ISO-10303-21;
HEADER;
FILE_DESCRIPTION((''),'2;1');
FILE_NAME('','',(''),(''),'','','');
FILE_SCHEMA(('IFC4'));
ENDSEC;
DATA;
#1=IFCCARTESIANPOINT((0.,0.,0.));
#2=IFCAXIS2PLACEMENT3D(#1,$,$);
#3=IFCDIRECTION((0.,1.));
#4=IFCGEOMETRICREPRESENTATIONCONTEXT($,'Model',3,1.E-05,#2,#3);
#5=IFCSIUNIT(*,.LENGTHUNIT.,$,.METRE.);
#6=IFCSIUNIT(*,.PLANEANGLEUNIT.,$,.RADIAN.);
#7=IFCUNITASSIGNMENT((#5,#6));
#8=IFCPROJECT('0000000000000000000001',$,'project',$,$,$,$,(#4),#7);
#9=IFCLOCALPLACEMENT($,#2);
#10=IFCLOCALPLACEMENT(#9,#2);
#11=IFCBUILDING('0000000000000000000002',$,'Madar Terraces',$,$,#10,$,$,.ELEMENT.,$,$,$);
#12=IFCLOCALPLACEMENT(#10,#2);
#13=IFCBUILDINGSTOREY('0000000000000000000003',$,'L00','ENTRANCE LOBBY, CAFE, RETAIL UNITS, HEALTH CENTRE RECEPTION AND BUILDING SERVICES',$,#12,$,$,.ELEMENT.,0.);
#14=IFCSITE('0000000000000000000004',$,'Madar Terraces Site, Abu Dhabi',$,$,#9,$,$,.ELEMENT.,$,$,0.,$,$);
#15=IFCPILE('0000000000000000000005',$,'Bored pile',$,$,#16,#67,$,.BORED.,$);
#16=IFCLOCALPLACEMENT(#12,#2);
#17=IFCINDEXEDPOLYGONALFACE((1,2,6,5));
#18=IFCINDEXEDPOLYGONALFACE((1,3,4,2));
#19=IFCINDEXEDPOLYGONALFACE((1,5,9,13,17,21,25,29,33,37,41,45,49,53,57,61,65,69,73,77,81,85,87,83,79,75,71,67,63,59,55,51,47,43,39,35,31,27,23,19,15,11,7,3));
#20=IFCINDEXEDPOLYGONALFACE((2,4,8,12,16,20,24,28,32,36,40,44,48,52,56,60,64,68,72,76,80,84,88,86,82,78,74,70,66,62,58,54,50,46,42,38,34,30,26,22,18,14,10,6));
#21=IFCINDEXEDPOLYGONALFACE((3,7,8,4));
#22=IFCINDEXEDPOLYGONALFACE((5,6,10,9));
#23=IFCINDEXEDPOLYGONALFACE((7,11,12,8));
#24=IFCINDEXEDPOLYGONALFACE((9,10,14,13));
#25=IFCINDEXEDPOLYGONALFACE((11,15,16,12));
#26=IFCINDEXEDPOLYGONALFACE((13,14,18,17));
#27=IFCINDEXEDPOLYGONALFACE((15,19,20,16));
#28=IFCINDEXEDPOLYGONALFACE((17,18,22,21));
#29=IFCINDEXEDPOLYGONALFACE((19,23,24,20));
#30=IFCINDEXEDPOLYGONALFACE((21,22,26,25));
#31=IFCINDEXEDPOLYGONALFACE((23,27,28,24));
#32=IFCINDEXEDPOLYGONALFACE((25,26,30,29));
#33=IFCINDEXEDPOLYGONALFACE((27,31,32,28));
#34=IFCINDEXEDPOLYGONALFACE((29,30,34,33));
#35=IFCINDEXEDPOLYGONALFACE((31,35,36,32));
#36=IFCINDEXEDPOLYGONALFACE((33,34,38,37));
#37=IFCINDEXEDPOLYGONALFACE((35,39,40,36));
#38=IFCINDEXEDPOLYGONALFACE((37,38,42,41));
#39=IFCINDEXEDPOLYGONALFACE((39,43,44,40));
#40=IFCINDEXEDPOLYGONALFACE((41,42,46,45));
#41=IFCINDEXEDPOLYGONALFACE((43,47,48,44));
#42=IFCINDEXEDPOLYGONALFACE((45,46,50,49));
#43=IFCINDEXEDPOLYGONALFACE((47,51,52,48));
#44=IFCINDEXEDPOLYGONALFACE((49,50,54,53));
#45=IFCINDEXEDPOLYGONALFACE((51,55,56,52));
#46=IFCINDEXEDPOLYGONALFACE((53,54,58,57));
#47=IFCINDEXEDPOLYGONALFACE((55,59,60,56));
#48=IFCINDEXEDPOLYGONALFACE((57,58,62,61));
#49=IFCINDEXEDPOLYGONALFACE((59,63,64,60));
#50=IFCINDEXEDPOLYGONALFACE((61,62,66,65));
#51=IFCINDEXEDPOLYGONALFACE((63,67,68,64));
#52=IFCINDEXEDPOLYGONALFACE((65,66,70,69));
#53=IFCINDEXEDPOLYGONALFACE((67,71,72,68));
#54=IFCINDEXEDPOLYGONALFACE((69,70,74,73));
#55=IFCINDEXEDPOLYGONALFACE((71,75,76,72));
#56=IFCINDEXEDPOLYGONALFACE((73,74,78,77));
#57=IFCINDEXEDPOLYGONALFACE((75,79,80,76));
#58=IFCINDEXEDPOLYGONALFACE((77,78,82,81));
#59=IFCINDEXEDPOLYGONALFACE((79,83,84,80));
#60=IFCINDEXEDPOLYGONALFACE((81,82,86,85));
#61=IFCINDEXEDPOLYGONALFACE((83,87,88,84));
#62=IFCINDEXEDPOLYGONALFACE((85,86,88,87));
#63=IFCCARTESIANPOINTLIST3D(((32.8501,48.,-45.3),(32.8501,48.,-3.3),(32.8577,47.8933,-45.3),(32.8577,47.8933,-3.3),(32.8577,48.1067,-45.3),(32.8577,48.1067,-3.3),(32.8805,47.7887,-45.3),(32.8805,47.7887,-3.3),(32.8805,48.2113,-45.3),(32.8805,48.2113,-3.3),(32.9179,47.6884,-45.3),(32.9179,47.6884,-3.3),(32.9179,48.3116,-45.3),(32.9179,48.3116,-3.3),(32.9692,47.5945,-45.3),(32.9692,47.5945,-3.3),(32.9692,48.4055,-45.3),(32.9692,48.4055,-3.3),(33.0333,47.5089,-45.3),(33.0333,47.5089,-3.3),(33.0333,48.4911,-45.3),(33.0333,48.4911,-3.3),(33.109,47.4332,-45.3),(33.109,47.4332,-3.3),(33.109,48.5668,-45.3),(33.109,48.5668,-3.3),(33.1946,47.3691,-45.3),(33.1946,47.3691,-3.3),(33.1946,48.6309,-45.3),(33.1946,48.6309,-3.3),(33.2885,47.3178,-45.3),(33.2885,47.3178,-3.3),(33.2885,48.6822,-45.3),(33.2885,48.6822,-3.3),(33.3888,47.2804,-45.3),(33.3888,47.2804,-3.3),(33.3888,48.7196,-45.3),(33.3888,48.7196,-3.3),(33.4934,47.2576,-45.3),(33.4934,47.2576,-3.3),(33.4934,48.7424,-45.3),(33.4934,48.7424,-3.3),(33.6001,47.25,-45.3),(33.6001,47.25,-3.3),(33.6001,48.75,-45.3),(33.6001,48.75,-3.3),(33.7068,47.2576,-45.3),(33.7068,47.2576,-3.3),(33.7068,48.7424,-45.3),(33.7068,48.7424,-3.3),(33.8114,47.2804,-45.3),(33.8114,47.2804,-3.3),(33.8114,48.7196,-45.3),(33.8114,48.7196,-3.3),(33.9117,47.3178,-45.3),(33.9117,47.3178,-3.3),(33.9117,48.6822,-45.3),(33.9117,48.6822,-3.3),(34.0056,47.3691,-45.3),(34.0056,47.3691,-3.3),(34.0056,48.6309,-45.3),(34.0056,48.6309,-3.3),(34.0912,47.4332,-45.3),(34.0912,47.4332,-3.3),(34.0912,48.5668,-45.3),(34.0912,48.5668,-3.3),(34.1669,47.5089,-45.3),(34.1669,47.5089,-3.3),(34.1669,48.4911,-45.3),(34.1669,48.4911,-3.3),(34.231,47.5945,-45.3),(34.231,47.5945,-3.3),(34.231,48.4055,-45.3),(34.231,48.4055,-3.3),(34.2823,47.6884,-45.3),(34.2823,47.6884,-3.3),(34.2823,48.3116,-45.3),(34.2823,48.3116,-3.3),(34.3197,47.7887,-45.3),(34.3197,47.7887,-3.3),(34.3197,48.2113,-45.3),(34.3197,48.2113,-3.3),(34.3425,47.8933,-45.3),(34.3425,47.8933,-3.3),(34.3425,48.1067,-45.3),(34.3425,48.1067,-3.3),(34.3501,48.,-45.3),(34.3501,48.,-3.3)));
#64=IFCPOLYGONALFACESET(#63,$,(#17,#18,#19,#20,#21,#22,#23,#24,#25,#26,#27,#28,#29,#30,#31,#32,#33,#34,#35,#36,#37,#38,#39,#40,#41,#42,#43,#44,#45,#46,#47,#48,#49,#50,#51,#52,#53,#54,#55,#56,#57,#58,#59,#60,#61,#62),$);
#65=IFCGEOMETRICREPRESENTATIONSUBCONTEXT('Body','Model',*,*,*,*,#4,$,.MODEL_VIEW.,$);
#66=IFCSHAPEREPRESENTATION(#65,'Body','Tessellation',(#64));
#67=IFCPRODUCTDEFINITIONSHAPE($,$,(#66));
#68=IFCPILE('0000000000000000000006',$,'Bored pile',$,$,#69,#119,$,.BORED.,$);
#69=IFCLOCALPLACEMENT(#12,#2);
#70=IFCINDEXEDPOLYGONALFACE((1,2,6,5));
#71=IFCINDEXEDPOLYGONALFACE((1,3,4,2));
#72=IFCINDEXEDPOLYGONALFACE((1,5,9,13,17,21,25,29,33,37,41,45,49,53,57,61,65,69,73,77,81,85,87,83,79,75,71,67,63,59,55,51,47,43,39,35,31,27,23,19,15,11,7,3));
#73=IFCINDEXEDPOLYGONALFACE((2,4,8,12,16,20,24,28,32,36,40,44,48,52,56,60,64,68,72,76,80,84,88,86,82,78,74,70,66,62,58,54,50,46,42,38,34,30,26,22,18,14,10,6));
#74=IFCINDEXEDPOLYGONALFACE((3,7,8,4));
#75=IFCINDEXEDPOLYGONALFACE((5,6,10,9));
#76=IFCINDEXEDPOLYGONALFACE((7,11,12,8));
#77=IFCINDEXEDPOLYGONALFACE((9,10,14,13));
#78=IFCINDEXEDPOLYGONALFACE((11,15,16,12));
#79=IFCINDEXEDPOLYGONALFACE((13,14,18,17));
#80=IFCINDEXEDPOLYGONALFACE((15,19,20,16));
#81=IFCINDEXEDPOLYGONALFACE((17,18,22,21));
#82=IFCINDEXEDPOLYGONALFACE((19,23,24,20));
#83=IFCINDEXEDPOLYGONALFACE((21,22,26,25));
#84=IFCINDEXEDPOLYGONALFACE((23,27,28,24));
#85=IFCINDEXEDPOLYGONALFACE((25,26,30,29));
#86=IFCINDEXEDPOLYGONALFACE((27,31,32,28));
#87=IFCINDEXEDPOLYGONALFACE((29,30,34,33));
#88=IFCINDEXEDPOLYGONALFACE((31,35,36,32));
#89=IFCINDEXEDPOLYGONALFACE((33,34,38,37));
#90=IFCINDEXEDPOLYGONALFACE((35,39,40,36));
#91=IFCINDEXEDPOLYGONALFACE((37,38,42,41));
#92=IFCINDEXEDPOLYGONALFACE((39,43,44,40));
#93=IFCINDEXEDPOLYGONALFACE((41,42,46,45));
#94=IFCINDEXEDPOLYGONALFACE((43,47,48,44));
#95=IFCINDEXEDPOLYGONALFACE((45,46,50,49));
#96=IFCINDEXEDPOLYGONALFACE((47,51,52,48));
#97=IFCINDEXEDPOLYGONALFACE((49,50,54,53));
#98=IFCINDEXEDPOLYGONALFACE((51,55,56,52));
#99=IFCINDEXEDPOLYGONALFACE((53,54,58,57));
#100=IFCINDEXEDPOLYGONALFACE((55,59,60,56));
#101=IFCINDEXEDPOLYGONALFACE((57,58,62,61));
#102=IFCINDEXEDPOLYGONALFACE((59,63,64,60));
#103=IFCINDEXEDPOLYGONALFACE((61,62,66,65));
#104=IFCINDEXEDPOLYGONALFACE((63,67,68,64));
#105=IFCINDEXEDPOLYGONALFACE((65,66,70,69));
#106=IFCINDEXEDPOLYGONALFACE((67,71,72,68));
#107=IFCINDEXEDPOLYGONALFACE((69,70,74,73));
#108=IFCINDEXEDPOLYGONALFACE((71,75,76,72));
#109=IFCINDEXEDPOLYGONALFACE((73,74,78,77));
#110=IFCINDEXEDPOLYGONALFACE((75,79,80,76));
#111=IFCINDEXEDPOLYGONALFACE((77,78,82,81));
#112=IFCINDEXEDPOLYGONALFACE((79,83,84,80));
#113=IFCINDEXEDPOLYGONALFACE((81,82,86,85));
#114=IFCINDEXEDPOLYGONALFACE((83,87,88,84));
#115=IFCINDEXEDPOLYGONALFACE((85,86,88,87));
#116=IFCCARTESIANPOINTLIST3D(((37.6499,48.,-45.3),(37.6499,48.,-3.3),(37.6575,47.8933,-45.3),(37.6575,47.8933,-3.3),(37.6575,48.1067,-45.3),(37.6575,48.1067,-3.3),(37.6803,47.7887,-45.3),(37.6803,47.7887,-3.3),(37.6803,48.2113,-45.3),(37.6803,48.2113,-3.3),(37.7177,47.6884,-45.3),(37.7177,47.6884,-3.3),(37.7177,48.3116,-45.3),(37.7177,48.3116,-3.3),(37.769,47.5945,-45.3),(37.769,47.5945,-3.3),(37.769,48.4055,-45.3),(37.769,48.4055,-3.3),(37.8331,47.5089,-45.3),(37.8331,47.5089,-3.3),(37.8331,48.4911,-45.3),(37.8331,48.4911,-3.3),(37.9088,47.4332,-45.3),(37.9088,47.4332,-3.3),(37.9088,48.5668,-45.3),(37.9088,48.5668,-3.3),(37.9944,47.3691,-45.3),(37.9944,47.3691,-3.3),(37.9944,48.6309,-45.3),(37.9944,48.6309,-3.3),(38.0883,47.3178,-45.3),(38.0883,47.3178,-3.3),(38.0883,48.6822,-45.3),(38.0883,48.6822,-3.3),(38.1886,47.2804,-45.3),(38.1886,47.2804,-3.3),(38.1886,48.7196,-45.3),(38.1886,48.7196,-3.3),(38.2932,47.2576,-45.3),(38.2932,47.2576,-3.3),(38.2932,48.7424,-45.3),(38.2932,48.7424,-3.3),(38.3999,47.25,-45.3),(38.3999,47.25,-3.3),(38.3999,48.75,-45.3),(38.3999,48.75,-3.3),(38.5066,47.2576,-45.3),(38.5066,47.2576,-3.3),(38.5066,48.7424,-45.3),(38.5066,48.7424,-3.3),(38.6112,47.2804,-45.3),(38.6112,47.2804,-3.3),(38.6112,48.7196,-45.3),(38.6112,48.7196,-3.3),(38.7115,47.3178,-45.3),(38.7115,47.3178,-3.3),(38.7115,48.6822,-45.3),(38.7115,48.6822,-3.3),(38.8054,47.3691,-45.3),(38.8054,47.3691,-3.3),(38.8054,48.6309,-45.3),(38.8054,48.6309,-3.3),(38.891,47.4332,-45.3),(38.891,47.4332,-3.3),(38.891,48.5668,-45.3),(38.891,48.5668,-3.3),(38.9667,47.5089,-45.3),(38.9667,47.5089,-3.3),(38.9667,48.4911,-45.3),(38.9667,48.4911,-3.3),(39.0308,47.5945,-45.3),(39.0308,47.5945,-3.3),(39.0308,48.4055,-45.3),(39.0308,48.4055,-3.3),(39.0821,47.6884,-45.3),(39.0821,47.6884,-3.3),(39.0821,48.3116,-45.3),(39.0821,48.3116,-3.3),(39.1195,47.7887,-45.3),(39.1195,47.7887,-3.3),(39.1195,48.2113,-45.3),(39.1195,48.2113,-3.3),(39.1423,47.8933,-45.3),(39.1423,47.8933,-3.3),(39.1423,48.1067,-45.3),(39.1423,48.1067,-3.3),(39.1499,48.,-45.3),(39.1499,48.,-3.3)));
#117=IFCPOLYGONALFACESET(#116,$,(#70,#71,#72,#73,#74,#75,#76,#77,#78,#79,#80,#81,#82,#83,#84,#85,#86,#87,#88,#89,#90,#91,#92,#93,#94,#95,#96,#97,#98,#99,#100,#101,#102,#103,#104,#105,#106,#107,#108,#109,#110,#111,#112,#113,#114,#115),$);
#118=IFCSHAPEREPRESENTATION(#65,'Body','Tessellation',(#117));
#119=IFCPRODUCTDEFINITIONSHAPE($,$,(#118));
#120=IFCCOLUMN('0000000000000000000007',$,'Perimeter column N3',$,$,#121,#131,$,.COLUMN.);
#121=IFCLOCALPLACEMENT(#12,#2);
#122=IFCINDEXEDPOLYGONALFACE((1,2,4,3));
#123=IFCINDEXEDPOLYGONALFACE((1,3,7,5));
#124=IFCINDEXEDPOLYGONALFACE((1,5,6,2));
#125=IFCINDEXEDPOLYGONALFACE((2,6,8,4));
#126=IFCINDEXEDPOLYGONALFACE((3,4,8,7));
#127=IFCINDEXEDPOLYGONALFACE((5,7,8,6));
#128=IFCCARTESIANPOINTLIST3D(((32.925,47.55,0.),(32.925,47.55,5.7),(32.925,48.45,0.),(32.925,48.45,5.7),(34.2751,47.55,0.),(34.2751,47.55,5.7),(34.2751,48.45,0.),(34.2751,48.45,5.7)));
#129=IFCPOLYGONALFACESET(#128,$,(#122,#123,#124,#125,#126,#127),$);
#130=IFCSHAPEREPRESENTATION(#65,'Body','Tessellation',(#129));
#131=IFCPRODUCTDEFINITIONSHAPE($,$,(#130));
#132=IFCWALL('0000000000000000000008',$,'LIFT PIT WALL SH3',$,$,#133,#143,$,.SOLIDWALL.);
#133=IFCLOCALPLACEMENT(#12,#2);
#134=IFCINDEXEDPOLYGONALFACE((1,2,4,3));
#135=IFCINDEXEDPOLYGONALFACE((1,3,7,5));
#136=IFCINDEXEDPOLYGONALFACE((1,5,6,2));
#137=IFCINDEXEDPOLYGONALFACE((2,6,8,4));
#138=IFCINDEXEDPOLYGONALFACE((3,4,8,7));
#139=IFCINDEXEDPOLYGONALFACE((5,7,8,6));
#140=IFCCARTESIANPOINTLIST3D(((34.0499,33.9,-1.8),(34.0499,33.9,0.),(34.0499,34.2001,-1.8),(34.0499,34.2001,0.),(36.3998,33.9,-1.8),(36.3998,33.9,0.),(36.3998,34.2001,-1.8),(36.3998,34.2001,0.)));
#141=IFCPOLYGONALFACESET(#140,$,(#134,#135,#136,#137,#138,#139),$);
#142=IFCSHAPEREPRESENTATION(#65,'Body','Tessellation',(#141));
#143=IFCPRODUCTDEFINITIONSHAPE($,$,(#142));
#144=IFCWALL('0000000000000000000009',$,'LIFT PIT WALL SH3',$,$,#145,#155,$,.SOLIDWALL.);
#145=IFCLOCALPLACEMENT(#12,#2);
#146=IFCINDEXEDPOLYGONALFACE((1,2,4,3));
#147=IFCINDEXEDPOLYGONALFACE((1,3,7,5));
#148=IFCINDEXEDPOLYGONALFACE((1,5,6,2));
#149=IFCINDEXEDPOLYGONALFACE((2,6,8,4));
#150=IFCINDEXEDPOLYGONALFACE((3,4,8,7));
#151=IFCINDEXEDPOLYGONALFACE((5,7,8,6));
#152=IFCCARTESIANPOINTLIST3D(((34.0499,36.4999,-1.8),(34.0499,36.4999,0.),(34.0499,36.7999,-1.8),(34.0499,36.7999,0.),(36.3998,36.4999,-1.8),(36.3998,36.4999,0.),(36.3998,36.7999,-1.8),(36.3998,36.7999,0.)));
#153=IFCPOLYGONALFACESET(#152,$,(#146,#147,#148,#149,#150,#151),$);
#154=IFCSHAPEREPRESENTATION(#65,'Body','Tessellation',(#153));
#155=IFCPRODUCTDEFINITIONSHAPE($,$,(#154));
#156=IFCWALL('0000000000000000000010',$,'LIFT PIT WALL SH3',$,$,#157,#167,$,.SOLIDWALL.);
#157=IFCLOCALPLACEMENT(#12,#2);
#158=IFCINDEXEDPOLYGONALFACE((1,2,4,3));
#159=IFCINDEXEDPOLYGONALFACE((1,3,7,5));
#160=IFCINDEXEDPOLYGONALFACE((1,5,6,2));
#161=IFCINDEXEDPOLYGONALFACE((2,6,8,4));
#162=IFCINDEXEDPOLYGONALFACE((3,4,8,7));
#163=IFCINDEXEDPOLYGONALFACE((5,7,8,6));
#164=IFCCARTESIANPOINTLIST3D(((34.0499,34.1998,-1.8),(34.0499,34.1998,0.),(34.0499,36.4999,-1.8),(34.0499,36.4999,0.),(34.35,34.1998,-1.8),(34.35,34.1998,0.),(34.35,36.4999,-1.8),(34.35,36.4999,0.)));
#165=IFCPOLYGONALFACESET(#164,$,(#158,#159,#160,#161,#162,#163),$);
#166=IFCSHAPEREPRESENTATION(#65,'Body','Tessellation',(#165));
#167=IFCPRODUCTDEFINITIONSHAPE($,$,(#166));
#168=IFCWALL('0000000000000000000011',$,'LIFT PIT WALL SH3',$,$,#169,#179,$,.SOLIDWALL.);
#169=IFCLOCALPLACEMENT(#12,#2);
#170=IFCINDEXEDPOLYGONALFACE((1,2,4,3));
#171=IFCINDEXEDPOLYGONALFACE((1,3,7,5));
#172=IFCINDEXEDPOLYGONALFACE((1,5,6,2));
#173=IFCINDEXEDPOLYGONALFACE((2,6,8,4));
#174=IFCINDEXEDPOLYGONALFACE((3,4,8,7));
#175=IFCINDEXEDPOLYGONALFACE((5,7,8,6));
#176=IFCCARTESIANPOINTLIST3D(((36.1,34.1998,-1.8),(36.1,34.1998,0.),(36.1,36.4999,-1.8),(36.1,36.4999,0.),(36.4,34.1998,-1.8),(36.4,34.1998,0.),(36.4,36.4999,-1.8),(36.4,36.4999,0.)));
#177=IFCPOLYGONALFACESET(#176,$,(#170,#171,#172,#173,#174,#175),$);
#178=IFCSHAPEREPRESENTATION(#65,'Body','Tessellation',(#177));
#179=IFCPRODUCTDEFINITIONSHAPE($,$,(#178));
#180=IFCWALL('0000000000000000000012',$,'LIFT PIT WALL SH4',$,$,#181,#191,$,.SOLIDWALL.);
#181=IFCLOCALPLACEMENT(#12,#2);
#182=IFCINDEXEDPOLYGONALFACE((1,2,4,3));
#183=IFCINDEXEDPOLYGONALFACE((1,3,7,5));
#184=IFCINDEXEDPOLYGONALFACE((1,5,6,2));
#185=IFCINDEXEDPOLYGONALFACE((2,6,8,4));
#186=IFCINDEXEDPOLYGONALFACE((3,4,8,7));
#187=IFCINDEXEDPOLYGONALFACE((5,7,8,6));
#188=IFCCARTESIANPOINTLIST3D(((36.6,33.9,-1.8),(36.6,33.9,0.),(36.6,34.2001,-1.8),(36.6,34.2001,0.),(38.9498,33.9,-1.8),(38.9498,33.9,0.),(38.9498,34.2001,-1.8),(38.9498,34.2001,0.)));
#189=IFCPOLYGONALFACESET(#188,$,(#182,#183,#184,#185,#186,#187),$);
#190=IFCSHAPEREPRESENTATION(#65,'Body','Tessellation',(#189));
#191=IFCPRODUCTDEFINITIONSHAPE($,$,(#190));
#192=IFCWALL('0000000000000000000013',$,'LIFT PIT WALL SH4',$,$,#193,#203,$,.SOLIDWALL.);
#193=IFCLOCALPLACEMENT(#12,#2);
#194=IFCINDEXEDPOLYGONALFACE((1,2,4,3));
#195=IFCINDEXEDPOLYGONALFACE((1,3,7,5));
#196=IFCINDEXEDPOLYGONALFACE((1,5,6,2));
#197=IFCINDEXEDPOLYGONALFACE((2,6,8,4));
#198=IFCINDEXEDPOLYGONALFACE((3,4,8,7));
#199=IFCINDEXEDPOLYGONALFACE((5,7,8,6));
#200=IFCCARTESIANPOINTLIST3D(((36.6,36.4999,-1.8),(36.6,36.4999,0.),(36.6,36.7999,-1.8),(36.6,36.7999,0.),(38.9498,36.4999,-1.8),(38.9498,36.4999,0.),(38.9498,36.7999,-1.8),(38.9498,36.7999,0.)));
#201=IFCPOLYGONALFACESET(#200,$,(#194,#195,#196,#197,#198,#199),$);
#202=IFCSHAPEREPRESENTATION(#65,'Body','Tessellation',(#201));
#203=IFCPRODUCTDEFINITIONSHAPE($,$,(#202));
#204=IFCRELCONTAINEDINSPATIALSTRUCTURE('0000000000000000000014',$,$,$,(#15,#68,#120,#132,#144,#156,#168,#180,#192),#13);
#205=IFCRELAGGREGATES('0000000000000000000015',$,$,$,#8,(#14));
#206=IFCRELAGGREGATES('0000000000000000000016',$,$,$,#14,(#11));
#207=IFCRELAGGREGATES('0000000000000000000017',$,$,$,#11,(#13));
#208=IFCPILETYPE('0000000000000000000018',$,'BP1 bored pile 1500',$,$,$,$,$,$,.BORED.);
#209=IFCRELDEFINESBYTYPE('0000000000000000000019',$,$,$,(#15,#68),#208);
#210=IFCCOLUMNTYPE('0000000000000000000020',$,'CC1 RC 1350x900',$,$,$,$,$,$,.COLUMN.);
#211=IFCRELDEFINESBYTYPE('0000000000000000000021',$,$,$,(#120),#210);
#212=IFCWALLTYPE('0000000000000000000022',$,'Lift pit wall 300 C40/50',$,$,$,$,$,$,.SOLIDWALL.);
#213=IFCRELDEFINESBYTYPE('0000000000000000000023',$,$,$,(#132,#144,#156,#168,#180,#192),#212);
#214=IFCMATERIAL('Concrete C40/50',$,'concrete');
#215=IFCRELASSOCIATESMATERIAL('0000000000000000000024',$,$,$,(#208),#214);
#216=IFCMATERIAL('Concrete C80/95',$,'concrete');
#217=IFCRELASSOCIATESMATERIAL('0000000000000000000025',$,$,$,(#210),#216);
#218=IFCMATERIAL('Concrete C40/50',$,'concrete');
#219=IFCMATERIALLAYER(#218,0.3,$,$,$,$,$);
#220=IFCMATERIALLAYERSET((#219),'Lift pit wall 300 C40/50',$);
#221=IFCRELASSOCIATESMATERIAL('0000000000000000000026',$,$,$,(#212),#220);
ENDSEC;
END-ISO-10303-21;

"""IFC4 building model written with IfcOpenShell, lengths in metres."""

from ifc_helpers import new_model, si_unit, direction, frame, frame_2d, origin, origin_2d, place, context, subcontext, project, spatial, rectangle, circle, extrude, material, layer, layer_set, material_profile, profile_set, type_object, element, save


model = new_model("IFC4")

# Units and contexts
model_context = context("Model", 3, precision=1e-05, world=origin(), true_north=direction((0.0, 1.0)))
body_context = subcontext(model_context, "Body", "Model", "MODEL_VIEW")
ifc_project = project(units=[si_unit("LENGTHUNIT", "METRE"), si_unit("PLANEANGLEUNIT", "RADIAN")], contexts=[model_context])

# Site, building, storey
site_placement = place(None, origin())
site = spatial("IfcSite", under=ifc_project, at=site_placement, Name="Madar Terraces Site, Abu Dhabi", CompositionType="ELEMENT", RefElevation=0.0)
building_placement = place(site_placement, origin())
building = spatial("IfcBuilding", under=site, at=building_placement, Name="Madar Terraces", CompositionType="ELEMENT")
storey_placement = place(building_placement, origin())
storey = spatial("IfcBuildingStorey", under=building, at=storey_placement, Name="L00", Description="ENTRANCE LOBBY, CAFE, RETAIL UNITS, HEALTH CENTRE RECEPTION AND BUILDING SERVICES", CompositionType="ELEMENT", Elevation=0.0)

# Piles
ifc_material_1 = material(Name="Concrete C40/50", Category="concrete")
ifc_material_profile_1 = material_profile(ifc_material_1, circle(Radius=0.75, at=origin_2d()), Name="BP1 bored pile 1500")
ifc_profile_set_1 = profile_set([ifc_material_profile_1], Name="Concrete C40/50")
pile_type = type_object("IfcPileType", Name="BP1 bored pile 1500", PredefinedType="BORED", material=ifc_profile_set_1)
for number, where, z_axis, x_axis, name in (
    (1, (33.6001, 48.0, -3.3), (0.0, 0.0, -1.0), (1.0, 0.0, 0.0), "Bored pile"),
    (2, (38.3999, 48.0, -3.3), (0.0, 0.0, -1.0), (1.0, 0.0, 0.0), "Bored pile"),
):
    element("IfcPile", number, at=place(storey_placement, frame(where, z_axis=z_axis, x_axis=x_axis)), inside=storey, type_object=pile_type, Name=name, PredefinedType="BORED", context=body_context, shape_type="SweptSolid", body=[
        extrude(circle(Radius=0.75, at=origin_2d()), origin(), (0.0, 0.0, 1.0), 42.0),
    ])

# Column
ifc_material_2 = material(Name="Concrete C80/95", Category="concrete")
ifc_material_profile_2 = material_profile(ifc_material_2, rectangle(XDim=1.3501, YDim=0.8999, at=origin_2d()), Name="CC1 RC 1350x900")
ifc_profile_set_2 = profile_set([ifc_material_profile_2], Name="Concrete C80/95")
column_type = type_object("IfcColumnType", Name="CC1 RC 1350x900", PredefinedType="COLUMN", material=ifc_profile_set_2)
column_placement = place(storey_placement, frame((33.6001, 48.0, 0.0), z_axis=(0.0, 0.0, 1.0), x_axis=(1.0, 0.0, 0.0)))
element("IfcColumn", 3, at=column_placement, inside=storey, type_object=column_type, Name="Perimeter column N3", PredefinedType="COLUMN", context=body_context, shape_type="SweptSolid", body=[
    extrude(rectangle(XDim=1.3501, YDim=0.8999, at=origin_2d()), origin(), (0.0, 0.0, 1.0), 5.7),
])

# Walls
ifc_material_3 = material(Name="Concrete C40/50", Category="concrete")
ifc_layer_1 = layer(ifc_material_3, 0.3)
ifc_layer_set_1 = layer_set([ifc_layer_1], Name="Lift pit wall 300 C40/50")
wall_type_1 = type_object("IfcWallType", Name="Lift pit wall 300 C40/50", PredefinedType="SOLIDWALL", material=ifc_layer_set_1)
for number, where, z_axis, x_axis, name in (
    (4, (34.05, 34.05, -1.8), (0.0, 0.0, 1.0), (1.0, 0.0, 0.0), "LIFT PIT WALL SH3"),
    (5, (34.05, 36.6499, -1.8), (0.0, 0.0, 1.0), (1.0, 0.0, 0.0), "LIFT PIT WALL SH3"),
):
    element("IfcWall", number, at=place(storey_placement, frame(where, z_axis=z_axis, x_axis=x_axis)), inside=storey, type_object=wall_type_1, Name=name, PredefinedType="SOLIDWALL", context=body_context, shape_type="SweptSolid", body=[
        extrude(rectangle(XDim=2.3499, YDim=0.3, at=frame_2d((1.1748, 0.0))), origin(), (0.0, 0.0, 1.0), 1.8),
    ])
for number, where, z_axis, x_axis, name in (
    (6, (34.2, 34.2, -1.8), (0.0, 0.0, 1.0), (0.0, 1.0, 0.0), "LIFT PIT WALL SH3"),
    (7, (36.25, 34.2, -1.8), (0.0, 0.0, 1.0), (0.0, 1.0, 0.0), "LIFT PIT WALL SH3"),
):
    element("IfcWall", number, at=place(storey_placement, frame(where, z_axis=z_axis, x_axis=x_axis)), inside=storey, type_object=wall_type_1, Name=name, PredefinedType="SOLIDWALL", context=body_context, shape_type="SweptSolid", body=[
        extrude(rectangle(XDim=2.3, YDim=0.3, at=frame_2d((1.1499, 0.0))), origin(), (0.0, 0.0, 1.0), 1.8),
    ])
for number, where, z_axis, x_axis, name in (
    (8, (36.6001, 34.05, -1.8), (0.0, 0.0, 1.0), (1.0, 0.0, 0.0), "LIFT PIT WALL SH4"),
    (9, (36.6001, 36.6499, -1.8), (0.0, 0.0, 1.0), (1.0, 0.0, 0.0), "LIFT PIT WALL SH4"),
):
    element("IfcWall", number, at=place(storey_placement, frame(where, z_axis=z_axis, x_axis=x_axis)), inside=storey, type_object=wall_type_1, Name=name, PredefinedType="SOLIDWALL", context=body_context, shape_type="SweptSolid", body=[
        extrude(rectangle(XDim=2.3499, YDim=0.3, at=frame_2d((1.1748, 0.0))), origin(), (0.0, 0.0, 1.0), 1.8),
    ])

save(model, "model.ifc")
